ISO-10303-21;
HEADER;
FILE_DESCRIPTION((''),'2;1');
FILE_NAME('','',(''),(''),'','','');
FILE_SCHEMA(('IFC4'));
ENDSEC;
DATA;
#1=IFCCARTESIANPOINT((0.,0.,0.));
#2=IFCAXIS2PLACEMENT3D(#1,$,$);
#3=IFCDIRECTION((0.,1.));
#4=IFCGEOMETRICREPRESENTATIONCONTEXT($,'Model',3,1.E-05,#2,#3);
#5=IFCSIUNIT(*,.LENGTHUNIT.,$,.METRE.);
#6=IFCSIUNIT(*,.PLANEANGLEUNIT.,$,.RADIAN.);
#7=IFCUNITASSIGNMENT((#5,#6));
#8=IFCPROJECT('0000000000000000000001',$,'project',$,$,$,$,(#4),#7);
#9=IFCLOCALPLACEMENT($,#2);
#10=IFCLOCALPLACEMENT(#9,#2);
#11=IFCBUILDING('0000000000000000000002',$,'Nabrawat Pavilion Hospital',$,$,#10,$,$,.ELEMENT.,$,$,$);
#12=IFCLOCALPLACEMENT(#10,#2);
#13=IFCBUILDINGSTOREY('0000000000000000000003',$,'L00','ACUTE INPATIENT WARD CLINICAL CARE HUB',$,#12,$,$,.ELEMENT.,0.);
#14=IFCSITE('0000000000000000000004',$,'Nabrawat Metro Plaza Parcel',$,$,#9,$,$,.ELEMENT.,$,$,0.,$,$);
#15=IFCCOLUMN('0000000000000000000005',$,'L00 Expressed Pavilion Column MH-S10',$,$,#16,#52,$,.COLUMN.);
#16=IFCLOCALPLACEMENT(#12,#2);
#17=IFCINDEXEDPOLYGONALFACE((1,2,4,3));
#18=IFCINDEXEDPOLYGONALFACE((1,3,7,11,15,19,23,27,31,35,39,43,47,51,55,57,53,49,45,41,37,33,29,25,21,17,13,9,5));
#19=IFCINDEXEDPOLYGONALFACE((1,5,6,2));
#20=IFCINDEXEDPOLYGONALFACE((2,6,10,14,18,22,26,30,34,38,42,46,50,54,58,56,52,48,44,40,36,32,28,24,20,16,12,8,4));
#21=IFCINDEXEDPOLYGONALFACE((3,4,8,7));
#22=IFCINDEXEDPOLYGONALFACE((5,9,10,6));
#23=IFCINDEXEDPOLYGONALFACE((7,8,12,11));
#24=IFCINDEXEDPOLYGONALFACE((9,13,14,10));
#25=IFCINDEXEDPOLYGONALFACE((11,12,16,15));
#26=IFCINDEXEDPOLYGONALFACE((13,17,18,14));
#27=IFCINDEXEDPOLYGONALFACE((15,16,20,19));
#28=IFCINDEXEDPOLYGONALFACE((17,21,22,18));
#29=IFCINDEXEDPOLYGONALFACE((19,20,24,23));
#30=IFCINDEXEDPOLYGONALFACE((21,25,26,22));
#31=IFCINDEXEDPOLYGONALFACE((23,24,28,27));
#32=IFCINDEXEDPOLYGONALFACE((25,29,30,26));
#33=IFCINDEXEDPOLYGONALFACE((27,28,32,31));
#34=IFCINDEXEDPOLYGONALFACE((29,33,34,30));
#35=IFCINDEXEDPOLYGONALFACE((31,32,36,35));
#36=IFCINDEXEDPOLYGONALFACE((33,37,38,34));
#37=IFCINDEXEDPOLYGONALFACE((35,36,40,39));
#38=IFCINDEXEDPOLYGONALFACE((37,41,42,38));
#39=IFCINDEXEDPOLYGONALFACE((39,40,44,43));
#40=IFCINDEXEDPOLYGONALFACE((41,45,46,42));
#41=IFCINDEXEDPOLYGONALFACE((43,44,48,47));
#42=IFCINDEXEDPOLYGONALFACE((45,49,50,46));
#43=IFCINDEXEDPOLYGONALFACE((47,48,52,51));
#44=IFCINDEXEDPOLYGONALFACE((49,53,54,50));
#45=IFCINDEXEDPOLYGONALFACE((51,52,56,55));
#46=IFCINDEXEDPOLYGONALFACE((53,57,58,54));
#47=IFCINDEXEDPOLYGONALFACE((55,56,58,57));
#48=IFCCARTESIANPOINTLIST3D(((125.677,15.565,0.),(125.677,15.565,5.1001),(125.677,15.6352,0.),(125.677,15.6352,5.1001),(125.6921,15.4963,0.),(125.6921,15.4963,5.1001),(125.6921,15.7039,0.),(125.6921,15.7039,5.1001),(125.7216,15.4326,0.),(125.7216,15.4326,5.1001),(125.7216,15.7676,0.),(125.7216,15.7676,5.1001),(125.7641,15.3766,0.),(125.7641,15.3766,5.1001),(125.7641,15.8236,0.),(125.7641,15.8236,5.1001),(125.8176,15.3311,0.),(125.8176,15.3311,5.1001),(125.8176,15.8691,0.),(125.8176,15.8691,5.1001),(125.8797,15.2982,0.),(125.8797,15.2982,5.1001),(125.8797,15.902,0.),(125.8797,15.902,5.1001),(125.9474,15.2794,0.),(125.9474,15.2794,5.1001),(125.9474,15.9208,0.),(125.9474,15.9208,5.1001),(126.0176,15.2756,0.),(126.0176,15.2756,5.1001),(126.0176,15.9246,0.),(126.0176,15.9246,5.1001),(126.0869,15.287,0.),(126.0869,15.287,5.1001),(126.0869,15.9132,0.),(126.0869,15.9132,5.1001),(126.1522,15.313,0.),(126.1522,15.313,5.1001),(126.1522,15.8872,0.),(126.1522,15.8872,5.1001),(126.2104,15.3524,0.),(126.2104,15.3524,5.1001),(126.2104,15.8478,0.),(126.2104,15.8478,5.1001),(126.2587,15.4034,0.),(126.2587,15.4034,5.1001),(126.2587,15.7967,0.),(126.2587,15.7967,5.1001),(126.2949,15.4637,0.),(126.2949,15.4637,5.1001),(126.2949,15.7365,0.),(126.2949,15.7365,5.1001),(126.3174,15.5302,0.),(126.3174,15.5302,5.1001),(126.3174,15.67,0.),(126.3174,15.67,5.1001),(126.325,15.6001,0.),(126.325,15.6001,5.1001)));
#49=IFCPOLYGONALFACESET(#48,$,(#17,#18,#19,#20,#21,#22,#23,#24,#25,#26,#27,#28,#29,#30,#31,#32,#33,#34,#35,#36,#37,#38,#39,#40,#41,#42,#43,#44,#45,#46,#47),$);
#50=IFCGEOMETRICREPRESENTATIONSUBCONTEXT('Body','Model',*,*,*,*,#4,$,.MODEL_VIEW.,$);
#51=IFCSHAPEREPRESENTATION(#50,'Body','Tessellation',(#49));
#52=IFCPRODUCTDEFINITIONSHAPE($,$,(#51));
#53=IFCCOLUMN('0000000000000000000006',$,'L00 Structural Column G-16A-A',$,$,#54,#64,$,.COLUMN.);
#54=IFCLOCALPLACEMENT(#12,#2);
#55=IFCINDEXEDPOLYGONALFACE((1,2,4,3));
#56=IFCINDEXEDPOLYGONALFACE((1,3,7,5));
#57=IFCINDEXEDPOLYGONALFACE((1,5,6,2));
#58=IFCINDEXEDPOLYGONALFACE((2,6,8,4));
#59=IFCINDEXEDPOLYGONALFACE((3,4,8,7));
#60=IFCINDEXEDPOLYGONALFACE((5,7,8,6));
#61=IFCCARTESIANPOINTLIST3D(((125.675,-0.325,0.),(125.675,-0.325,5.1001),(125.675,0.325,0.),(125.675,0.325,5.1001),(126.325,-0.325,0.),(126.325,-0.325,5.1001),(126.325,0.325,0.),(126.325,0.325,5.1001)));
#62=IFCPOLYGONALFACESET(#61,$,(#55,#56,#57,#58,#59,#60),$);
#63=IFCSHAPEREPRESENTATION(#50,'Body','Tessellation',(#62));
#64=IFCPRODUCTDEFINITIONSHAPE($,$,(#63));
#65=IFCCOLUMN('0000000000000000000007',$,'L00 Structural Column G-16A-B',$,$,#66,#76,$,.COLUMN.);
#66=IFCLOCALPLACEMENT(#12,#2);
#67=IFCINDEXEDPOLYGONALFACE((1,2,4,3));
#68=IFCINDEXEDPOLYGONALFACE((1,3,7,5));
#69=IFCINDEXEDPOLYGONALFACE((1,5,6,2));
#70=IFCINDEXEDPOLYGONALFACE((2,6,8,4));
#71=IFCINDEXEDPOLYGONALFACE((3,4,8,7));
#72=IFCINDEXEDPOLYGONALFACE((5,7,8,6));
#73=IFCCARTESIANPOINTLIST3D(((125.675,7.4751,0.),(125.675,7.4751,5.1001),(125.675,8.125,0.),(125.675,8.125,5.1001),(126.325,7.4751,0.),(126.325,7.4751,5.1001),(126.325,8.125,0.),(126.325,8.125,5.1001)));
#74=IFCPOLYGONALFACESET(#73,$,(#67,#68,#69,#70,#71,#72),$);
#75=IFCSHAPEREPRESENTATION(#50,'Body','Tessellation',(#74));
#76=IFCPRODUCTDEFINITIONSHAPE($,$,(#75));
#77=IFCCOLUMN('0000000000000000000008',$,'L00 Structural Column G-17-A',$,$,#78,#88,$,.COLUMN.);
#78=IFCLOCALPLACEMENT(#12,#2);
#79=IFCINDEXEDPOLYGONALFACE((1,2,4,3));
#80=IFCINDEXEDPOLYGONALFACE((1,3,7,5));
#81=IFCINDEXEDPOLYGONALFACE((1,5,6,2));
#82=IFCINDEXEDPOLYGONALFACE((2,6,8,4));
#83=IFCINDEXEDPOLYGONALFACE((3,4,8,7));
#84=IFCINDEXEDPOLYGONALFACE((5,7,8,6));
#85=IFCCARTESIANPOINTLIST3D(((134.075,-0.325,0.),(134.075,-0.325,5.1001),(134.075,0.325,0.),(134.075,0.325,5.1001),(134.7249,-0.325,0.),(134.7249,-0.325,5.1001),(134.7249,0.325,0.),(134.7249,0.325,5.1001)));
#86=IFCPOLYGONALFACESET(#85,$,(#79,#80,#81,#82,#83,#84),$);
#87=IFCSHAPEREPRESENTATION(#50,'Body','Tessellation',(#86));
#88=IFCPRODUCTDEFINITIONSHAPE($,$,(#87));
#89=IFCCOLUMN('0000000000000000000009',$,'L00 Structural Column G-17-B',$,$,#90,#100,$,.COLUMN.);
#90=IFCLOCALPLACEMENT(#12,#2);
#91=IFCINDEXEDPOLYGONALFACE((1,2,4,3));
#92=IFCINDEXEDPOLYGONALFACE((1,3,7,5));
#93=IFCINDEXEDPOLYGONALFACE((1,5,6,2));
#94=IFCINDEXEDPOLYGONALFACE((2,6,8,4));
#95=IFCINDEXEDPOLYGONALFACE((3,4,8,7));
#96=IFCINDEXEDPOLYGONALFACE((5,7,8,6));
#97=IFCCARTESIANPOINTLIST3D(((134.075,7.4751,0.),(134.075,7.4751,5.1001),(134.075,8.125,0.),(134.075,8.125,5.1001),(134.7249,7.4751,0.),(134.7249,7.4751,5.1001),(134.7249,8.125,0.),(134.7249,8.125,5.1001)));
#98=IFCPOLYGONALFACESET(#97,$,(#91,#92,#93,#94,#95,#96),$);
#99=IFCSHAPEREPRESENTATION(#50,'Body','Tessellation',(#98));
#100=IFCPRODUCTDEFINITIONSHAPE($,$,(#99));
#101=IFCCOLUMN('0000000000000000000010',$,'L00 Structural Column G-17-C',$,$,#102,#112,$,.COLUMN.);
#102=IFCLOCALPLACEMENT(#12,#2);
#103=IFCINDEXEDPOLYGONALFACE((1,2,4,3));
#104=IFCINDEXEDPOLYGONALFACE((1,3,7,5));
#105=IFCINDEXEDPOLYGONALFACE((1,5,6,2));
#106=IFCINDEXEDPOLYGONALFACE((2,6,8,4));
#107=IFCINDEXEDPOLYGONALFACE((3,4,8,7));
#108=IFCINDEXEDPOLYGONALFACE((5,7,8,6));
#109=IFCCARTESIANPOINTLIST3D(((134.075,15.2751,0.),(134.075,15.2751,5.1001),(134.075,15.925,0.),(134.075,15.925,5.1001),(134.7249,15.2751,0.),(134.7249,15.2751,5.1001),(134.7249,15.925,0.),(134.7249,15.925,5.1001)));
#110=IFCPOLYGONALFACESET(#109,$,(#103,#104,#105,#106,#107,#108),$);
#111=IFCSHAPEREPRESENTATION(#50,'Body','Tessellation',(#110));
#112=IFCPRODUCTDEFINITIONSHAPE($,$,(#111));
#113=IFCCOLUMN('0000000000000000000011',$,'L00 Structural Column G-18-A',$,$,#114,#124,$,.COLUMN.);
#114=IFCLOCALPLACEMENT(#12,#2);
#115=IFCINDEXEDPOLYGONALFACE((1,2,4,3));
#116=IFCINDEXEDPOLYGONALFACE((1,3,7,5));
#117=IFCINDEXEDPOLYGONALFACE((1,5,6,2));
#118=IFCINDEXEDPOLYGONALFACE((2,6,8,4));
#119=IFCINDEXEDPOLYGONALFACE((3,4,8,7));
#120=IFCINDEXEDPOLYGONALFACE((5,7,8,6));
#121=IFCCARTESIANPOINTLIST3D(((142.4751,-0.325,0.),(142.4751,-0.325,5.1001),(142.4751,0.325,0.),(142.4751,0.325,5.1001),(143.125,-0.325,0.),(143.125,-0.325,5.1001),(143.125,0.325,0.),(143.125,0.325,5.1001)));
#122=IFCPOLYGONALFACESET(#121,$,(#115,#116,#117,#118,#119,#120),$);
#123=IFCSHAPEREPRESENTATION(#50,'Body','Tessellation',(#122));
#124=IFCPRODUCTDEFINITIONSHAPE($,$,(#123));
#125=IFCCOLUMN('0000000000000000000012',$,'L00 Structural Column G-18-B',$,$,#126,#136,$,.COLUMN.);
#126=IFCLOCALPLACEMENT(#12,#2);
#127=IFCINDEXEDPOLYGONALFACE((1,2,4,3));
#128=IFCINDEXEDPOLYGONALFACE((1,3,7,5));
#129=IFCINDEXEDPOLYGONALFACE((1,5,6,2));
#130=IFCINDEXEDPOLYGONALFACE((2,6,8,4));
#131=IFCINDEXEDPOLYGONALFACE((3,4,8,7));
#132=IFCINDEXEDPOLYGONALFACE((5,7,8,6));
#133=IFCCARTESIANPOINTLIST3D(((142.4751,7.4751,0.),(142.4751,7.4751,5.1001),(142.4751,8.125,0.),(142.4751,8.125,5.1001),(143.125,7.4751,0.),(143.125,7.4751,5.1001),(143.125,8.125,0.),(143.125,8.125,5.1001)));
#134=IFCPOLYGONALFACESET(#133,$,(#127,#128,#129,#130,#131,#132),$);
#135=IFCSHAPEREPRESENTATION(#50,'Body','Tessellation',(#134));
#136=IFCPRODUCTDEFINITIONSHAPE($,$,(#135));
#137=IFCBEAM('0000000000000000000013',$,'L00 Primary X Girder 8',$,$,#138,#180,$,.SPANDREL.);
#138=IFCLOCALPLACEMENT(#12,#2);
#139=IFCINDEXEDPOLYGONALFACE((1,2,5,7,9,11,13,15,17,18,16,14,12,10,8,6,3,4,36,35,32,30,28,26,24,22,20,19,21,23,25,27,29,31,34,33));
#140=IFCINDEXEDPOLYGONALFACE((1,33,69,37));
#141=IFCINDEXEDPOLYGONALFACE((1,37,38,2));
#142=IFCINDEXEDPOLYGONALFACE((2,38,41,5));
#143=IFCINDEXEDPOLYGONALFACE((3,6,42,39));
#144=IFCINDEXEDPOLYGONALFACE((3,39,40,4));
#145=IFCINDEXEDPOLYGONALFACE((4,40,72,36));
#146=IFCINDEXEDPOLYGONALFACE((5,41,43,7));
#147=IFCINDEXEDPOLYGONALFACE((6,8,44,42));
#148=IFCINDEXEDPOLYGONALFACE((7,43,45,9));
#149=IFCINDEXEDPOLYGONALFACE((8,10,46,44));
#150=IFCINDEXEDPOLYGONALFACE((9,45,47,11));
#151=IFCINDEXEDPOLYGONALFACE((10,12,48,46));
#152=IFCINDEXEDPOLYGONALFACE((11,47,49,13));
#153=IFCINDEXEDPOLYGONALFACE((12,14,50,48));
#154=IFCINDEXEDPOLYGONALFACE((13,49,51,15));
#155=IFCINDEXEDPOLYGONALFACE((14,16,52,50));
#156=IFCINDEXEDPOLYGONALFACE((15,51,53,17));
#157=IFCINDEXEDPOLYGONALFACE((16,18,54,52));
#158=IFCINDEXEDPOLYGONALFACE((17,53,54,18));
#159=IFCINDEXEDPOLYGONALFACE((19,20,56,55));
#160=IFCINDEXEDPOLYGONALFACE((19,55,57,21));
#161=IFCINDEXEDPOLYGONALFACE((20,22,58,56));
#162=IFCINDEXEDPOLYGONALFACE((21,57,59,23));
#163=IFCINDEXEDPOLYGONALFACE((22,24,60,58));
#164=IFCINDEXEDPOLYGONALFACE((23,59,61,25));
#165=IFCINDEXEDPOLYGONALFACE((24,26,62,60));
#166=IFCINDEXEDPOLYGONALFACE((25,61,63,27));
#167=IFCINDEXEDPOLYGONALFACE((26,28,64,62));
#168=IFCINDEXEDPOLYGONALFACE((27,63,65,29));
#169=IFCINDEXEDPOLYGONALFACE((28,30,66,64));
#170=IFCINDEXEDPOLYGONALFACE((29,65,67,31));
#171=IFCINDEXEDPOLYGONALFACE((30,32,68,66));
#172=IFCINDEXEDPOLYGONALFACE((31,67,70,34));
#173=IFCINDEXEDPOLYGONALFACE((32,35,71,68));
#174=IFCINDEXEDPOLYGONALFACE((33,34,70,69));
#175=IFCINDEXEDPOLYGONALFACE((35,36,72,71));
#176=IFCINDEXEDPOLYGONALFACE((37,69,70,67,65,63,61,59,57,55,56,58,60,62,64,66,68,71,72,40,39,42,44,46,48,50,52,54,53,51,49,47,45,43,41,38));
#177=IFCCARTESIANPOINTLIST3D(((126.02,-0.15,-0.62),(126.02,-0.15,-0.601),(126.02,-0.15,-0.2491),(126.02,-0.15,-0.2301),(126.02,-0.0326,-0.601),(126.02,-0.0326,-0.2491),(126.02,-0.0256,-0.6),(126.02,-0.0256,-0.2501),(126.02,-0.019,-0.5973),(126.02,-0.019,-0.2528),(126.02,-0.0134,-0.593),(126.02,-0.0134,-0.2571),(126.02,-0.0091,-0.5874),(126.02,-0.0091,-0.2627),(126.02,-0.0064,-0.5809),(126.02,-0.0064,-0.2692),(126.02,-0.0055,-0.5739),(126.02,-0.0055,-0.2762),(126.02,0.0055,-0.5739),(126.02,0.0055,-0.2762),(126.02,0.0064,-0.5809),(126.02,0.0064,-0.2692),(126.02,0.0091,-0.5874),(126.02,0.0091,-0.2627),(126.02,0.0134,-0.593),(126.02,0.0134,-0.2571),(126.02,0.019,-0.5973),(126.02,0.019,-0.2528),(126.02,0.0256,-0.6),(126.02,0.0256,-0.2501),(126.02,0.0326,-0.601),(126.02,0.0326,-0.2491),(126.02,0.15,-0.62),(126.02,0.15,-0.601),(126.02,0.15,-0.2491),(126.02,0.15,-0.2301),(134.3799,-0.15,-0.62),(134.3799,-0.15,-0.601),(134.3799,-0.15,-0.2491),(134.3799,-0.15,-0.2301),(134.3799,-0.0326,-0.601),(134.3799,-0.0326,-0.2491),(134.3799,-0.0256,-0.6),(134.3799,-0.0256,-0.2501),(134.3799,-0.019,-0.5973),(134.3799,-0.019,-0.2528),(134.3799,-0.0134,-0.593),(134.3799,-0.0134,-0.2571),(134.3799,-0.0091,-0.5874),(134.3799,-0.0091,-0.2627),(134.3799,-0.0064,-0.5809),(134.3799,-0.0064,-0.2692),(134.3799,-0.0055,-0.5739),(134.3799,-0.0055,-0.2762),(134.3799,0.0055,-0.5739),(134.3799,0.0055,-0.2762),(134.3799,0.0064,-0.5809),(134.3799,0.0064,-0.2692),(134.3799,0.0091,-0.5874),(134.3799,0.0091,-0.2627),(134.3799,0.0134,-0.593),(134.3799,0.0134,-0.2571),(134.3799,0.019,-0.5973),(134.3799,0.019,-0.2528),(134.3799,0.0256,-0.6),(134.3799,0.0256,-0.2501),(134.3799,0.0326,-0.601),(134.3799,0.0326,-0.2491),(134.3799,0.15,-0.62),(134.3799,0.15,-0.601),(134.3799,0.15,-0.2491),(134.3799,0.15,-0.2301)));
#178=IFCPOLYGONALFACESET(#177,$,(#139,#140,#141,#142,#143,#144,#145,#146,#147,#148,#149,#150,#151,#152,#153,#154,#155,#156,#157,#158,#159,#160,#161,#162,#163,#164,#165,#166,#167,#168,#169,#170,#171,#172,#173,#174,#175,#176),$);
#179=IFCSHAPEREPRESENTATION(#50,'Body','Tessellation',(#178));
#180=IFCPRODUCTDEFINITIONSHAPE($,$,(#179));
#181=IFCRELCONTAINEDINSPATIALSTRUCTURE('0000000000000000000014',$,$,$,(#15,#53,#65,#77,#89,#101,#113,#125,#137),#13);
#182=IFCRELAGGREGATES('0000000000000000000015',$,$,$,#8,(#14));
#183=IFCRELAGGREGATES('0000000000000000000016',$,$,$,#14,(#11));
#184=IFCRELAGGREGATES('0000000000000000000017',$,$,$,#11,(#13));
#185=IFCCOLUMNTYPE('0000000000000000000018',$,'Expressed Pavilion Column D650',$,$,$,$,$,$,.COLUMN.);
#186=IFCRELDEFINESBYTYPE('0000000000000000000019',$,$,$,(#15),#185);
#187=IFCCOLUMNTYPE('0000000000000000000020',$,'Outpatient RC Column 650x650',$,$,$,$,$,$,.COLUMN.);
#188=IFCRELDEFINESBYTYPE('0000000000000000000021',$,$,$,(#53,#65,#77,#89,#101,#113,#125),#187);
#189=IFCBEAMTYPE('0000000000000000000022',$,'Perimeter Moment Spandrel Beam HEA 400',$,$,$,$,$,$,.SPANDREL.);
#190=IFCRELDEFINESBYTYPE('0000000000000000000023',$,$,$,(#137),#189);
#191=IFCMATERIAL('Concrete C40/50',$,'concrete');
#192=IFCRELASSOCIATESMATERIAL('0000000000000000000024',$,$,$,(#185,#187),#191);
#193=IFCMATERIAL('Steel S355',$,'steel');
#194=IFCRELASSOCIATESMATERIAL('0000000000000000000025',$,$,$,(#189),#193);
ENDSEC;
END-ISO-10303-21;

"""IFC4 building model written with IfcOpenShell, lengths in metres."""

from ifc_helpers import new_model, si_unit, direction, frame, origin, origin_2d, place, context, subcontext, project, spatial, rectangle, circle, i_section, extrude, material, material_profile, profile_set, type_object, element, save


model = new_model("IFC4")

# Units and contexts
model_context = context("Model", 3, precision=1e-05, world=origin(), true_north=direction((0.0, 1.0)))
body_context = subcontext(model_context, "Body", "Model", "MODEL_VIEW")
ifc_project = project(units=[si_unit("LENGTHUNIT", "METRE"), si_unit("PLANEANGLEUNIT", "RADIAN")], contexts=[model_context])

# Site, building, storey
site_placement = place(None, origin())
site = spatial("IfcSite", under=ifc_project, at=site_placement, Name="Nabrawat Metro Plaza Parcel", CompositionType="ELEMENT", RefElevation=0.0)
building_placement = place(site_placement, origin())
building = spatial("IfcBuilding", under=site, at=building_placement, Name="Nabrawat Pavilion Hospital", CompositionType="ELEMENT")
storey_placement = place(building_placement, origin())
storey = spatial("IfcBuildingStorey", under=building, at=storey_placement, Name="L00", Description="ACUTE INPATIENT WARD CLINICAL CARE HUB", CompositionType="ELEMENT", Elevation=0.0)

# Columns
ifc_material_1 = material(Name="Concrete C40/50", Category="concrete")
ifc_material_profile_1 = material_profile(ifc_material_1, circle(Radius=0.325, at=origin_2d()), Name="RC D650")
ifc_profile_set_1 = profile_set([ifc_material_profile_1], Name="Concrete C40/50")
column_type_1 = type_object("IfcColumnType", Name="Expressed Pavilion Column D650", PredefinedType="COLUMN", material=ifc_profile_set_1)
column_placement = place(storey_placement, frame((126.0, 15.6001, 0.0), z_axis=(0.0, 0.0, 1.0), x_axis=(1.0, 0.0, 0.0)))
element("IfcColumn", 1, at=column_placement, inside=storey, type_object=column_type_1, Name="L00 Expressed Pavilion Column MH-S10", PredefinedType="COLUMN", context=body_context, shape_type="SweptSolid", body=[
    extrude(circle(Radius=0.325, at=origin_2d()), origin(), (0.0, 0.0, 1.0), 5.1001),
])
ifc_material_profile_2 = material_profile(ifc_material_1, rectangle(XDim=0.6499, YDim=0.6499, at=origin_2d()), Name="RC 650x650")
ifc_profile_set_2 = profile_set([ifc_material_profile_2], Name="Concrete C40/50")
column_type_2 = type_object("IfcColumnType", Name="Outpatient RC Column 650x650", PredefinedType="COLUMN", material=ifc_profile_set_2)
for number, where, z_axis, x_axis, name in (
    (2, (126.0, 0.0, 0.0), (0.0, 0.0, 1.0), (1.0, 0.0, 0.0), "L00 Structural Column G-16A-A"),
    (3, (126.0, 7.8, 0.0), (0.0, 0.0, 1.0), (1.0, 0.0, 0.0), "L00 Structural Column G-16A-B"),
    (4, (134.3999, 0.0, 0.0), (0.0, 0.0, 1.0), (1.0, 0.0, 0.0), "L00 Structural Column G-17-A"),
    (5, (134.3999, 7.8, 0.0), (0.0, 0.0, 1.0), (1.0, 0.0, 0.0), "L00 Structural Column G-17-B"),
    (6, (134.3999, 15.6001, 0.0), (0.0, 0.0, 1.0), (1.0, 0.0, 0.0), "L00 Structural Column G-17-C"),
    (7, (142.8, 0.0, 0.0), (0.0, 0.0, 1.0), (1.0, 0.0, 0.0), "L00 Structural Column G-18-A"),
    (8, (142.8, 7.8, 0.0), (0.0, 0.0, 1.0), (1.0, 0.0, 0.0), "L00 Structural Column G-18-B"),
):
    element("IfcColumn", number, at=place(storey_placement, frame(where, z_axis=z_axis, x_axis=x_axis)), inside=storey, type_object=column_type_2, Name=name, PredefinedType="COLUMN", context=body_context, shape_type="SweptSolid", body=[
        extrude(rectangle(XDim=0.6499, YDim=0.6499, at=origin_2d()), origin(), (0.0, 0.0, 1.0), 5.1001),
    ])

# Beam
ifc_material_2 = material(Name="Steel S355", Category="steel")
ifc_material_profile_3 = material_profile(ifc_material_2, i_section(OverallWidth=0.3, OverallDepth=0.3899, WebThickness=0.011, FlangeThickness=0.019, FilletRadius=0.0271, at=origin_2d()), Name="HEA 400")
ifc_profile_set_3 = profile_set([ifc_material_profile_3], Name="Steel S355")
beam_type_1 = type_object("IfcBeamType", Name="Perimeter Moment Spandrel Beam HEA 400", PredefinedType="SPANDREL", material=ifc_profile_set_3)
beam_1_placement = place(storey_placement, frame((126.02, 0.0, -0.425), z_axis=(1.0, 0.0, 0.0), x_axis=(0.0, 1.0, 0.0)))
element("IfcBeam", 9, at=beam_1_placement, inside=storey, type_object=beam_type_1, Name="L00 Primary X Girder 8", PredefinedType="SPANDREL", context=body_context, shape_type="SweptSolid", body=[
    extrude(i_section(OverallWidth=0.3, OverallDepth=0.3899, WebThickness=0.011, FlangeThickness=0.019, FilletRadius=0.0271, at=origin_2d()), origin(), (0.0, 0.0, 1.0), 8.3599),
])

save(model, "model.ifc")
